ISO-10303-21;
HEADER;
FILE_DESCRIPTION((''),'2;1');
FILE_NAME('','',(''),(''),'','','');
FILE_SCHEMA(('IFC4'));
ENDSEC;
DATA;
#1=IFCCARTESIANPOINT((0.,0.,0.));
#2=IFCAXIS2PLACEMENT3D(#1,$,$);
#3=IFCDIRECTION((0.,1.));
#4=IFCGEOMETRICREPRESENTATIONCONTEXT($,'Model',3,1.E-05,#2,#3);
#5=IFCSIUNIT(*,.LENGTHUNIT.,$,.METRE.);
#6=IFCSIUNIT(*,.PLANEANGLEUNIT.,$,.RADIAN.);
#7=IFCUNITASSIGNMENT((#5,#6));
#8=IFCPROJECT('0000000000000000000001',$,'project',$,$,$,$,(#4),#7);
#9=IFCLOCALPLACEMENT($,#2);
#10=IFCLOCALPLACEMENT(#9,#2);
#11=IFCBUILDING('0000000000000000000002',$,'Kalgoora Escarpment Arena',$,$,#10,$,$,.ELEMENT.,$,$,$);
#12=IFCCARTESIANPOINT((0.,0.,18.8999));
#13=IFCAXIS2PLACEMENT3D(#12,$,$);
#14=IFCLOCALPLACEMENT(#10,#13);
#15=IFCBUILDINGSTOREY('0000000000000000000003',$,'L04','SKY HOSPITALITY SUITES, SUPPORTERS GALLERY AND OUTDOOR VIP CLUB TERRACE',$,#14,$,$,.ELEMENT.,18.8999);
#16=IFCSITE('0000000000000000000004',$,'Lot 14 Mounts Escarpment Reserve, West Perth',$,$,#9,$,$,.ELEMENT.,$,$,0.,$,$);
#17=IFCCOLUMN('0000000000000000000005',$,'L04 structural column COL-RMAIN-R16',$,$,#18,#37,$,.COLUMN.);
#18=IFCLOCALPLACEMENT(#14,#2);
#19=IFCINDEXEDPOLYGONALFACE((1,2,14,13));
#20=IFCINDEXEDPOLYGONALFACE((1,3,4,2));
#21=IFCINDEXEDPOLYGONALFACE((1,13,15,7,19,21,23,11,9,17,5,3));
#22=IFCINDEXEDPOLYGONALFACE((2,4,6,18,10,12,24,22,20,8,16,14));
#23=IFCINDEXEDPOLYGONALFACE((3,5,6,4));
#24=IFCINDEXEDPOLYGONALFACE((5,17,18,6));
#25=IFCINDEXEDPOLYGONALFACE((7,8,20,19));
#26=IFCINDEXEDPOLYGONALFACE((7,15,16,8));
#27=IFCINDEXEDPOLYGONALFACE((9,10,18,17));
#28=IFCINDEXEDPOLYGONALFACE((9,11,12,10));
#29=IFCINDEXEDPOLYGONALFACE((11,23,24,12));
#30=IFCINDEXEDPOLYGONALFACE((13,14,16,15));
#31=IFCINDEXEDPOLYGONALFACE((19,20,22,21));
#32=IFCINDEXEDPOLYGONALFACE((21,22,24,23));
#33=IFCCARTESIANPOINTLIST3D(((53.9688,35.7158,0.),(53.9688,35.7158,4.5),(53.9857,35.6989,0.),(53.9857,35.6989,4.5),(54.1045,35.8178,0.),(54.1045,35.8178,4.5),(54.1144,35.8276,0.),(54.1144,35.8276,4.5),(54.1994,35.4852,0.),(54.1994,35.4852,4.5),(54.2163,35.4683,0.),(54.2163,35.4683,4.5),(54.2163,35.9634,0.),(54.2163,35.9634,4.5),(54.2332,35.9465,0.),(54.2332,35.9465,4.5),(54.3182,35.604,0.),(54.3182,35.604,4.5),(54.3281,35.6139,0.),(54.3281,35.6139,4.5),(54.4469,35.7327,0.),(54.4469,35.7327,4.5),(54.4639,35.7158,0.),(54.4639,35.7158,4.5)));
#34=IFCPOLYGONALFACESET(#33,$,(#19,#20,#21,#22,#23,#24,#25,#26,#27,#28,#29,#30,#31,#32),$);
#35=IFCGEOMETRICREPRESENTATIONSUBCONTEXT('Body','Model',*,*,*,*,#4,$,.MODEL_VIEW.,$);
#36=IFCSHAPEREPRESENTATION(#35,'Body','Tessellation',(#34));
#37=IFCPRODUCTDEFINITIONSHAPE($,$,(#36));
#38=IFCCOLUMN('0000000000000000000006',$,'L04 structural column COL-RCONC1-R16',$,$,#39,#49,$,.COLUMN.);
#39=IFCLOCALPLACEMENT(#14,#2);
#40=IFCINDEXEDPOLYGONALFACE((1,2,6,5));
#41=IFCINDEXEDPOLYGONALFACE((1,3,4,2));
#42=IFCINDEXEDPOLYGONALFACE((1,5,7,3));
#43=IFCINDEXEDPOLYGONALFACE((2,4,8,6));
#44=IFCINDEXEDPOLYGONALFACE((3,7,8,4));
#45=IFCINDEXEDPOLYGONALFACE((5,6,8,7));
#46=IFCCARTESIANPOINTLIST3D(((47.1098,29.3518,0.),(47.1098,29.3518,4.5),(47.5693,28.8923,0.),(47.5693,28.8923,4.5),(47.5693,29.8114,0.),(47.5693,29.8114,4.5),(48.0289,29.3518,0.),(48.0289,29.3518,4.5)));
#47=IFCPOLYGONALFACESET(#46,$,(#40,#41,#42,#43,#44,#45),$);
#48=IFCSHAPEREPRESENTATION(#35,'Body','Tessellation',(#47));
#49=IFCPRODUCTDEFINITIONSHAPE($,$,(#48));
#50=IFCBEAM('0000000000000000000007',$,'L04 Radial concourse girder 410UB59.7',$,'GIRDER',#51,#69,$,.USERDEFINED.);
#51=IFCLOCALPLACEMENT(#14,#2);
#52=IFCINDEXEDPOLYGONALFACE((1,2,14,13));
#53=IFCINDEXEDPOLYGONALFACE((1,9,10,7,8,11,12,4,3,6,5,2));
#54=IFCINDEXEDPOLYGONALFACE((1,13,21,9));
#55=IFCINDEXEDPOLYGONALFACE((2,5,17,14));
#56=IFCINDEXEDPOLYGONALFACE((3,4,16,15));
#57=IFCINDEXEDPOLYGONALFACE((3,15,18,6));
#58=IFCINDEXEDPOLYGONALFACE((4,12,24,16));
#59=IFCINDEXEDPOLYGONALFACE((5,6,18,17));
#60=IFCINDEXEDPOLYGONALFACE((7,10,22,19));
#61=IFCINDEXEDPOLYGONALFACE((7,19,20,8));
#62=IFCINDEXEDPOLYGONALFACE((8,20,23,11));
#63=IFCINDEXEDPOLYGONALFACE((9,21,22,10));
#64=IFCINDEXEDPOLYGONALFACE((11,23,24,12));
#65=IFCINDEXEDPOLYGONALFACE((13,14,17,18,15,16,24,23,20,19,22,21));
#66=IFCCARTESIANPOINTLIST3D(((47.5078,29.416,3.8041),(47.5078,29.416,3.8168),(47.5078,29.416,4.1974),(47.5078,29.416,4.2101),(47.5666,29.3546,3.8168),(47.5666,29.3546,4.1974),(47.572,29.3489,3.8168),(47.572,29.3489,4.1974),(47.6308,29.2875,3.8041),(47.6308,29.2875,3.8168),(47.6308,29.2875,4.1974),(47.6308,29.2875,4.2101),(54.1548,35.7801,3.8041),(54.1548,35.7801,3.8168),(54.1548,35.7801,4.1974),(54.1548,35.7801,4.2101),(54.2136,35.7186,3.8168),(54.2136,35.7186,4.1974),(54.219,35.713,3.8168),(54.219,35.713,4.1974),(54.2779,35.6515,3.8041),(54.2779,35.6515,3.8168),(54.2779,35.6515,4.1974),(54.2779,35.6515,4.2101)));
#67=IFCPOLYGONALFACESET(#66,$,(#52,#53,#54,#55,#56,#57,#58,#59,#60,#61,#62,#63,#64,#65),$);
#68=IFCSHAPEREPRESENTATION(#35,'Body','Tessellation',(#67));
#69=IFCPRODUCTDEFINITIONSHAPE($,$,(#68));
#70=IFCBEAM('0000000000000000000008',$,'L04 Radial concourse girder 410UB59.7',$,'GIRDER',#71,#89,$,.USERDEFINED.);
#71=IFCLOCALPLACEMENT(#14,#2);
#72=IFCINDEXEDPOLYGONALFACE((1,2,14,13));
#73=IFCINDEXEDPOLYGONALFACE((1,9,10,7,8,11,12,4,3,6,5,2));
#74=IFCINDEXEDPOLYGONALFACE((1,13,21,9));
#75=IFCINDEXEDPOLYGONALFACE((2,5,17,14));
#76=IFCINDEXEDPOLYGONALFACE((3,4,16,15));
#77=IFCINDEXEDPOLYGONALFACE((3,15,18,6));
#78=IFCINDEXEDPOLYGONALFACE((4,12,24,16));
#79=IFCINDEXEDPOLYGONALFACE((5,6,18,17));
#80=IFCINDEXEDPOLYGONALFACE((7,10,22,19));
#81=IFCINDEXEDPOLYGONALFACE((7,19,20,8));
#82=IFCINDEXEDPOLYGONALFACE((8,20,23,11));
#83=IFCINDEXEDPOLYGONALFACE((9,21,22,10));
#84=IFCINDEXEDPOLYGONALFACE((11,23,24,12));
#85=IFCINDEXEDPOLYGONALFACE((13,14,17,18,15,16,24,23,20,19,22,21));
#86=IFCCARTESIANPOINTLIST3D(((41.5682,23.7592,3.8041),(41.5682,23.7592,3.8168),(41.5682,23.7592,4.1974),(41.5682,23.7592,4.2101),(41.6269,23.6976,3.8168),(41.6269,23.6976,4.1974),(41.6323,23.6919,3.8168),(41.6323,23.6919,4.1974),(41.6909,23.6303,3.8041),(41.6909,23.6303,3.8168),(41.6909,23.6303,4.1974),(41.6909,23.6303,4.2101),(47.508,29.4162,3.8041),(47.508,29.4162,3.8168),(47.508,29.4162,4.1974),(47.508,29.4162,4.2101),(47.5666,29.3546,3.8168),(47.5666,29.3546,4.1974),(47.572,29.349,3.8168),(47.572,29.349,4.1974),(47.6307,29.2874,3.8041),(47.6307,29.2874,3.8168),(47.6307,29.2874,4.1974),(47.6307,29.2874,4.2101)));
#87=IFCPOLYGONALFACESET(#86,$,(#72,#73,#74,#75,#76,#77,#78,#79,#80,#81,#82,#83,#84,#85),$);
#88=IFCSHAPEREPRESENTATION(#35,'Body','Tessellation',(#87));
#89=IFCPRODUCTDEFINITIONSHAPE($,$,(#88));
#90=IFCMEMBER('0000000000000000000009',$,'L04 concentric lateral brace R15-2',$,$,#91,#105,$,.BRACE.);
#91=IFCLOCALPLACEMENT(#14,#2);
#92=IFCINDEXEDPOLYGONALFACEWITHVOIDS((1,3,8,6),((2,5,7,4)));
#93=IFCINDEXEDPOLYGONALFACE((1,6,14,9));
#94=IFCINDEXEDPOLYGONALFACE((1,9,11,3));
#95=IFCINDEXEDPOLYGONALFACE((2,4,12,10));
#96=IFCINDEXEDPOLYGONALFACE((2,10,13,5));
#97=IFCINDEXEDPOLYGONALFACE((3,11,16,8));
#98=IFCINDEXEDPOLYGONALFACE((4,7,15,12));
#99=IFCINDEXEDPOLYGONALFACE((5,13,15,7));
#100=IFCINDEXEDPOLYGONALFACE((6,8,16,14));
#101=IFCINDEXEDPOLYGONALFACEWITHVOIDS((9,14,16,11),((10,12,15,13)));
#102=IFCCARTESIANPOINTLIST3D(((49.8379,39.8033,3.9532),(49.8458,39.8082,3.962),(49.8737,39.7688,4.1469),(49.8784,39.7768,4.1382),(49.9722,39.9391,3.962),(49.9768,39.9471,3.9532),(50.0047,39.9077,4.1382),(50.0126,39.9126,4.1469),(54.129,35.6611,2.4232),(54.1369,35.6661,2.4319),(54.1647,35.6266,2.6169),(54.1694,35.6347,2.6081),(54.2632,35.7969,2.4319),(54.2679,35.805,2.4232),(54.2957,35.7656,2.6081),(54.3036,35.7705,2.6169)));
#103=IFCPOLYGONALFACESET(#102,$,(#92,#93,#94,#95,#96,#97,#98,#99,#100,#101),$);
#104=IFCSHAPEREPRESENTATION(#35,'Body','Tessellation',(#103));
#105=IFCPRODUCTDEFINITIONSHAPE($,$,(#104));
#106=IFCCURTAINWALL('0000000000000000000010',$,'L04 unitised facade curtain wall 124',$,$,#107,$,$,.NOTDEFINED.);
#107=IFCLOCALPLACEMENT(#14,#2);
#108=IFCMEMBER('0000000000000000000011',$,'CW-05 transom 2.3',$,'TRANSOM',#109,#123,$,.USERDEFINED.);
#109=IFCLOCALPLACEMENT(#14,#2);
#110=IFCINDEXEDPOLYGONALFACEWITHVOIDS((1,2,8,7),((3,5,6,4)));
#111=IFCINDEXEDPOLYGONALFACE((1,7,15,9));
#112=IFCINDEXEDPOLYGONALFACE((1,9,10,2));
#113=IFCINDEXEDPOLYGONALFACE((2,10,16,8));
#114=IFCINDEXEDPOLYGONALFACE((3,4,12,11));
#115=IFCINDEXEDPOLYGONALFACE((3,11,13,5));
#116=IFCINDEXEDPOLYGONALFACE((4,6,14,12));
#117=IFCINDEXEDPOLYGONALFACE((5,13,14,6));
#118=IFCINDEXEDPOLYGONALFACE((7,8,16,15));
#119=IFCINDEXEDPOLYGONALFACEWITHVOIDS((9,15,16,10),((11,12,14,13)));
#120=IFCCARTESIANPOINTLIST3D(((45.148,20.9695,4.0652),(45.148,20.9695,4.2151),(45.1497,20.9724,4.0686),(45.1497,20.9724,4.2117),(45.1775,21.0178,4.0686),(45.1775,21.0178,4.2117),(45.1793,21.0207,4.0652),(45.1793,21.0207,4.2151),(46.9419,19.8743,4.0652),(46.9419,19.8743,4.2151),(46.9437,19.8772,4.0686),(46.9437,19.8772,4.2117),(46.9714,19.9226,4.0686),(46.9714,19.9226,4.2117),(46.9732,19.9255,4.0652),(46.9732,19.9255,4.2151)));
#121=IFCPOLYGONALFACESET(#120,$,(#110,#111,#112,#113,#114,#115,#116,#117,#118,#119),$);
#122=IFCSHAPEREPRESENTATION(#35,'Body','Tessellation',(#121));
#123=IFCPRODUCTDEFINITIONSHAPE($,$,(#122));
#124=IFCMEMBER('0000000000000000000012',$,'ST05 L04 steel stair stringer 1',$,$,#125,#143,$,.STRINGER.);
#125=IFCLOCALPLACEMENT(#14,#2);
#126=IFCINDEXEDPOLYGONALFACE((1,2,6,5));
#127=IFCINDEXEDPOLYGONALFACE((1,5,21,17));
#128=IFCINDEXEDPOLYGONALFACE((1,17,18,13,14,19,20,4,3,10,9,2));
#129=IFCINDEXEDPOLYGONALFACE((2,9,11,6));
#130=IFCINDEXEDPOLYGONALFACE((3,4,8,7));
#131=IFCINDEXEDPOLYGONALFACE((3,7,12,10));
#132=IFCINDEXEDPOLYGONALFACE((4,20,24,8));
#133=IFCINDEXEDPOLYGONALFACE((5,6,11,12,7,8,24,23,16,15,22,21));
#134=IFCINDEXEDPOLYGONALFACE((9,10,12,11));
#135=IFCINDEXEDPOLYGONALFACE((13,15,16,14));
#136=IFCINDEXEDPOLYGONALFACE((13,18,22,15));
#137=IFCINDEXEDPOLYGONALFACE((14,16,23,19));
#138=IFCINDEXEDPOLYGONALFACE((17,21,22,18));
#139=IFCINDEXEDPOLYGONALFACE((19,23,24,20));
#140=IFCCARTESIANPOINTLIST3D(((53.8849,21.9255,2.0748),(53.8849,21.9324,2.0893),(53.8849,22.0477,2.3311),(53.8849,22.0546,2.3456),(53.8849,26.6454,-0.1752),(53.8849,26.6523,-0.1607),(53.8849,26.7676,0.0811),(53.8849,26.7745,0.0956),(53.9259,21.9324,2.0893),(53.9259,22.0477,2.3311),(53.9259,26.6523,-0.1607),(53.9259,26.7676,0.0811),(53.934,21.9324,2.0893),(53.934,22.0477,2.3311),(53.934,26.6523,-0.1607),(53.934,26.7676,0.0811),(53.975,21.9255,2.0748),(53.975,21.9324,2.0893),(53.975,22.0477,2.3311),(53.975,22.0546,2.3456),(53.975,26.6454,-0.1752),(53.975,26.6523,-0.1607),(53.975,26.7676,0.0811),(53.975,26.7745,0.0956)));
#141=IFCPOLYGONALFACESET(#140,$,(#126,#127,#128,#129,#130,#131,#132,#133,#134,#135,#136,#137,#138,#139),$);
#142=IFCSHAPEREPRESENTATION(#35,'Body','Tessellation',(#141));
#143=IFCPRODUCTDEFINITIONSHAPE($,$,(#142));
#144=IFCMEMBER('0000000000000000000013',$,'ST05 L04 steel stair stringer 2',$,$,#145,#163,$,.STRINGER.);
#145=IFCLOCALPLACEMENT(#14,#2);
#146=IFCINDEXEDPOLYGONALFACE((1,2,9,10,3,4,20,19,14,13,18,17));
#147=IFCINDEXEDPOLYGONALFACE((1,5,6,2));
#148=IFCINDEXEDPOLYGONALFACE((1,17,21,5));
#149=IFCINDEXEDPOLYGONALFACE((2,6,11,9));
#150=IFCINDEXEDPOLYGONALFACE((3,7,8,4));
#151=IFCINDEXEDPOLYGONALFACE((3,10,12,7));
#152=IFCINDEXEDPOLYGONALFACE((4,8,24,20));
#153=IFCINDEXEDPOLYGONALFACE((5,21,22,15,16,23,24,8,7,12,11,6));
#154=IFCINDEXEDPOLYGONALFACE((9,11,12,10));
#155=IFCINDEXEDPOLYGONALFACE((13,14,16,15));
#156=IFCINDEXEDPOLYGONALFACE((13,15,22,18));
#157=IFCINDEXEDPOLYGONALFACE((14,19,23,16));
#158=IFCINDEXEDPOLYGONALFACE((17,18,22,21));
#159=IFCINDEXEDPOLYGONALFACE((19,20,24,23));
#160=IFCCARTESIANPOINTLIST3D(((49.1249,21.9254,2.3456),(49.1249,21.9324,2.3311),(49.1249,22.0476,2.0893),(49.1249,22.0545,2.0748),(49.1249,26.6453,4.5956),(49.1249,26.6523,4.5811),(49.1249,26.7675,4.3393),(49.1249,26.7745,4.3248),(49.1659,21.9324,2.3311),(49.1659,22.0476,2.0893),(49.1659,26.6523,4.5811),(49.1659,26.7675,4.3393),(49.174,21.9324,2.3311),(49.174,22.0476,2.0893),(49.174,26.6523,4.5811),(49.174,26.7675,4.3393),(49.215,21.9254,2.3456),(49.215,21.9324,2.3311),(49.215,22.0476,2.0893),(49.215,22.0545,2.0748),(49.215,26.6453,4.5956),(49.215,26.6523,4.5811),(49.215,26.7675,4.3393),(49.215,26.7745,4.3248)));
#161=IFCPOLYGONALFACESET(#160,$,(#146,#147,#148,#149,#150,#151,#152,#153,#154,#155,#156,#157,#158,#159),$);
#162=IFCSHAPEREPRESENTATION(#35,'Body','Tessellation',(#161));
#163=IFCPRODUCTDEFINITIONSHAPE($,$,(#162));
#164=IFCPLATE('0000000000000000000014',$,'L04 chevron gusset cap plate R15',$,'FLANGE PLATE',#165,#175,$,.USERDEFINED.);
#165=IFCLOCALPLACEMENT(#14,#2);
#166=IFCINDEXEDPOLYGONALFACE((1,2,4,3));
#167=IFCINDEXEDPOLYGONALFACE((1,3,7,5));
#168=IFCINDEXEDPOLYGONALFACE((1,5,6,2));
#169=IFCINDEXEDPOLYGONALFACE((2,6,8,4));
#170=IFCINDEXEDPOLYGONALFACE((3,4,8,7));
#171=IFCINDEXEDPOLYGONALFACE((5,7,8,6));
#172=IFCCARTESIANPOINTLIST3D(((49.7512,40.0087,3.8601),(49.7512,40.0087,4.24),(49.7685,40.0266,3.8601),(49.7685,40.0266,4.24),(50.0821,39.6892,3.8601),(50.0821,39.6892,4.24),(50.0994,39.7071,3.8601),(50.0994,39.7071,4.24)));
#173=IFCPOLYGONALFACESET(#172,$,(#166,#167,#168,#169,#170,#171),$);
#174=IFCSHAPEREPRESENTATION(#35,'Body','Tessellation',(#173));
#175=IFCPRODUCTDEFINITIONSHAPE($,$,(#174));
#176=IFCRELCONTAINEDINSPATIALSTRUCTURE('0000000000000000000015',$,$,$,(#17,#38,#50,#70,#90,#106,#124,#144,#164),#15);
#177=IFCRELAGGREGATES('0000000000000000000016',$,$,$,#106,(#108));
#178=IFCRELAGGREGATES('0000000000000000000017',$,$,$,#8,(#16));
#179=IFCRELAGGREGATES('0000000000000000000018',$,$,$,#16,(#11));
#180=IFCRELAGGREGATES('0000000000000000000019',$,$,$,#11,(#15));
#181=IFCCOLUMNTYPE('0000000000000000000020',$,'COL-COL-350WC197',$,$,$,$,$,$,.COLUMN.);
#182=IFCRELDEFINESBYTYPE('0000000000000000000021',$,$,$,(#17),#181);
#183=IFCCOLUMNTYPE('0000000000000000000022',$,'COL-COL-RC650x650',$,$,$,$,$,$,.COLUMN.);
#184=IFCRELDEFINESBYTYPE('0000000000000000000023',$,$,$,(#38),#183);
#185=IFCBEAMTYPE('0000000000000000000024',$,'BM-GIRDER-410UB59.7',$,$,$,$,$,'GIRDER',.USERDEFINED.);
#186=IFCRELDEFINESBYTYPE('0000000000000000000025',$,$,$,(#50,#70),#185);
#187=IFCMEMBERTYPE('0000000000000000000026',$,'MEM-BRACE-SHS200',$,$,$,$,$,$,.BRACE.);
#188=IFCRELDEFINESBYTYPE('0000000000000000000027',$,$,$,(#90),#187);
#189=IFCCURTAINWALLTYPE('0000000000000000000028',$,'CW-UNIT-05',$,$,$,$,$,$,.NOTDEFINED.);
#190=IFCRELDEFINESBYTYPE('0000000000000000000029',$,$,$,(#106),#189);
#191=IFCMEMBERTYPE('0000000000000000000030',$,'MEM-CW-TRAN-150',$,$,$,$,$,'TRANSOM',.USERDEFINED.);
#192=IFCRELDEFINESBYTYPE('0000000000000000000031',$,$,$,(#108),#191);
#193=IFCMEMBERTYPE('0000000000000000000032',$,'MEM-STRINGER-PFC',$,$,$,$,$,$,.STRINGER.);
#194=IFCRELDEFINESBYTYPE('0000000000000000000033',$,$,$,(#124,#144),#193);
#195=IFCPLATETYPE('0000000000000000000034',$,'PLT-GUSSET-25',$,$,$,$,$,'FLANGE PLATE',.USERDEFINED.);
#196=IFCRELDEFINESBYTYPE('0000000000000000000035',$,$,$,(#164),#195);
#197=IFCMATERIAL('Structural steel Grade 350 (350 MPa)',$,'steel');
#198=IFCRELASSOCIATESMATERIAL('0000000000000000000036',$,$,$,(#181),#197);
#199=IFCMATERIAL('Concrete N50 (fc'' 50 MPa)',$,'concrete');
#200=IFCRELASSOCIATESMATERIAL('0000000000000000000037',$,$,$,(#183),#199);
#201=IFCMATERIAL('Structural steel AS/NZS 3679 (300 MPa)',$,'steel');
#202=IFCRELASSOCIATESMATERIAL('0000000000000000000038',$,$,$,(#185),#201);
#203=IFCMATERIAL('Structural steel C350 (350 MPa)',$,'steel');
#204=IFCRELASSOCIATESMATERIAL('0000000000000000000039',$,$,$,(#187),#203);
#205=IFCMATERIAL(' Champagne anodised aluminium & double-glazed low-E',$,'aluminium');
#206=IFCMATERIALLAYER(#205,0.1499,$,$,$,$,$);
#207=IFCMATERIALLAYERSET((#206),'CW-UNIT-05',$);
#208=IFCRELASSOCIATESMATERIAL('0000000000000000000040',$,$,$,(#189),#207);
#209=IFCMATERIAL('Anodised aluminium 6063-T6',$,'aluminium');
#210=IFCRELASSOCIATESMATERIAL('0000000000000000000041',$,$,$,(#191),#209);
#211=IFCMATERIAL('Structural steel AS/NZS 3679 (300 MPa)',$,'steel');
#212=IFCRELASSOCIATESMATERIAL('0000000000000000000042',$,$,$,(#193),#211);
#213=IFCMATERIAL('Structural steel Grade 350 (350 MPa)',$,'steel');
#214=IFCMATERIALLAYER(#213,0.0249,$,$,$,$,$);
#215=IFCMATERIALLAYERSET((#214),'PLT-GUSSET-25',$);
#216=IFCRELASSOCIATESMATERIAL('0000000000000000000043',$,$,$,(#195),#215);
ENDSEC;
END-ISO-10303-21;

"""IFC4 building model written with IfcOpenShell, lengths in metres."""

from ifc_helpers import new_model, si_unit, direction, frame, origin, origin_2d, place, context, subcontext, project, spatial, rectangle, hollow_rectangle, i_section, extrude, material, layer, layer_set, material_profile, profile_set, type_object, element, aggregate, save


model = new_model("IFC4")

# Units and contexts
model_context = context("Model", 3, precision=1e-05, world=origin(), true_north=direction((0.0, 1.0)))
body_context = subcontext(model_context, "Body", "Model", "MODEL_VIEW")
ifc_project = project(units=[si_unit("LENGTHUNIT", "METRE"), si_unit("PLANEANGLEUNIT", "RADIAN")], contexts=[model_context])

# Site, building, storey
site_placement = place(None, origin())
site = spatial("IfcSite", under=ifc_project, at=site_placement, Name="Lot 14 Mounts Escarpment Reserve, West Perth", CompositionType="ELEMENT", RefElevation=0.0)
building_placement = place(site_placement, origin())
building = spatial("IfcBuilding", under=site, at=building_placement, Name="Kalgoora Escarpment Arena", CompositionType="ELEMENT")
storey_placement = place(building_placement, frame((0.0, 0.0, 18.8999)))
storey = spatial("IfcBuildingStorey", under=building, at=storey_placement, Name="L04", Description="SKY HOSPITALITY SUITES, SUPPORTERS GALLERY AND OUTDOOR VIP CLUB TERRACE", CompositionType="ELEMENT", Elevation=18.8999)

# Columns
ifc_material_1 = material(Name="Structural steel Grade 350 (350 MPa)", Category="steel")
ifc_material_profile_1 = material_profile(ifc_material_1, i_section(OverallWidth=0.3501, OverallDepth=0.3501, WebThickness=0.0139, FlangeThickness=0.0239, at=origin_2d()))
ifc_profile_set_1 = profile_set([ifc_material_profile_1], Name="Structural steel Grade 350 (350 MPa)")
column_type_1 = type_object("IfcColumnType", Name="COL-COL-350WC197", PredefinedType="COLUMN", material=ifc_profile_set_1)
column_1_placement = place(storey_placement, frame((54.2163, 35.7158, 0.0), z_axis=(0.0, 0.0, 1.0), x_axis=(-0.707107, -0.707107, 0.0)))
element("IfcColumn", 1, at=column_1_placement, inside=storey, type_object=column_type_1, Name="L04 structural column COL-RMAIN-R16", PredefinedType="COLUMN", context=body_context, shape_type="SweptSolid", body=[
    extrude(i_section(OverallWidth=0.3501, OverallDepth=0.3501, WebThickness=0.0139, FlangeThickness=0.0239, at=origin_2d()), origin(), (0.0, 0.0, 1.0), 4.5),
])
ifc_material_2 = material(Name="Concrete N50 (fc' 50 MPa)", Category="concrete")
ifc_material_profile_2 = material_profile(ifc_material_2, rectangle(XDim=0.6499, YDim=0.6499, at=origin_2d()))
ifc_profile_set_2 = profile_set([ifc_material_profile_2], Name="Concrete N50 (fc' 50 MPa)")
column_type_2 = type_object("IfcColumnType", Name="COL-COL-RC650x650", PredefinedType="COLUMN", material=ifc_profile_set_2)
column_2_placement = place(storey_placement, frame((47.5693, 29.3518, 0.0), z_axis=(0.0, 0.0, 1.0), x_axis=(-0.707107, -0.707107, 0.0)))
element("IfcColumn", 2, at=column_2_placement, inside=storey, type_object=column_type_2, Name="L04 structural column COL-RCONC1-R16", PredefinedType="COLUMN", context=body_context, shape_type="SweptSolid", body=[
    extrude(rectangle(XDim=0.6499, YDim=0.6499, at=origin_2d()), origin(), (0.0, 0.0, 1.0), 4.5),
])

# Beams
ifc_material_3 = material(Name="Structural steel AS/NZS 3679 (300 MPa)", Category="steel")
ifc_material_profile_3 = material_profile(ifc_material_3, i_section(OverallWidth=0.178, OverallDepth=0.406, WebThickness=0.0078, FlangeThickness=0.0127, at=origin_2d()))
ifc_profile_set_3 = profile_set([ifc_material_profile_3], Name="Structural steel AS/NZS 3679 (300 MPa)")
beam_type = type_object("IfcBeamType", Name="BM-GIRDER-410UB59.7", ElementType="GIRDER", PredefinedType="USERDEFINED", material=ifc_profile_set_3)
beam_1_placement = place(storey_placement, frame((54.2163, 35.7158, 4.0071), z_axis=(-0.722314, -0.691565, 0.0), x_axis=(0.691565, -0.722314, 0.0)))
element("IfcBeam", 3, at=beam_1_placement, inside=storey, type_object=beam_type, Name="L04 Radial concourse girder 410UB59.7", ObjectType="GIRDER", PredefinedType="USERDEFINED", context=body_context, shape_type="SweptSolid", body=[
    extrude(i_section(OverallWidth=0.178, OverallDepth=0.406, WebThickness=0.0078, FlangeThickness=0.0127, at=origin_2d()), origin(), (0.0, 0.0, 1.0), 9.2024),
])
beam_2_placement = place(storey_placement, frame((47.5693, 29.3518, 4.0071), z_axis=(-0.72413, -0.689663, 0.0), x_axis=(0.689663, -0.72413, 0.0)))
element("IfcBeam", 4, at=beam_2_placement, inside=storey, type_object=beam_type, Name="L04 Radial concourse girder 410UB59.7", ObjectType="GIRDER", PredefinedType="USERDEFINED", context=body_context, shape_type="SweptSolid", body=[
    extrude(i_section(OverallWidth=0.178, OverallDepth=0.406, WebThickness=0.0078, FlangeThickness=0.0127, at=origin_2d()), origin(), (0.0, 0.0, 1.0), 8.2026),
])

# Member
ifc_material_4 = material(Name="Structural steel C350 (350 MPa)", Category="steel")
ifc_material_profile_4 = material_profile(ifc_material_4, hollow_rectangle(XDim=0.2, YDim=0.2, WallThickness=0.009, at=origin_2d()))
ifc_profile_set_4 = profile_set([ifc_material_profile_4], Name="Structural steel C350 (350 MPa)")
member_type_1 = type_object("IfcMemberType", Name="MEM-BRACE-SHS200", PredefinedType="BRACE", material=ifc_profile_set_4)
member_1_placement = place(storey_placement, frame((54.2163, 35.7158, 2.52), z_axis=(-0.696914, 0.672727, 0.248496), x_axis=(-0.694511, -0.719482, 0.0)))
element("IfcMember", 5, at=member_1_placement, inside=storey, type_object=member_type_1, Name="L04 concentric lateral brace R15-2", PredefinedType="BRACE", context=body_context, shape_type="SweptSolid", body=[
    extrude(hollow_rectangle(XDim=0.2, YDim=0.2, WallThickness=0.009, at=origin_2d()), origin(), (0.0, 0.0, 1.0), 6.1572),
])

# Curtain wall, member
ifc_material_5 = material(Name=" Champagne anodised aluminium & double-glazed low-E", Category="aluminium")
ifc_layer_1 = layer(ifc_material_5, 0.1499)
ifc_layer_set_1 = layer_set([ifc_layer_1], Name="CW-UNIT-05")
curtain_wall_type = type_object("IfcCurtainWallType", Name="CW-UNIT-05", PredefinedType="NOTDEFINED", material=ifc_layer_set_1)
curtain_wall_placement = place(storey_placement, origin())
curtain_wall = element("IfcCurtainWall", 6, at=curtain_wall_placement, inside=storey, type_object=curtain_wall_type, Name="L04 unitised facade curtain wall 124", PredefinedType="NOTDEFINED")
ifc_material_6 = material(Name="Anodised aluminium 6063-T6", Category="aluminium")
ifc_material_profile_5 = material_profile(ifc_material_6, hollow_rectangle(XDim=0.0601, YDim=0.1499, WallThickness=0.0034, at=origin_2d()))
ifc_profile_set_5 = profile_set([ifc_material_profile_5], Name="Anodised aluminium 6063-T6")
member_type_2 = type_object("IfcMemberType", Name="MEM-CW-TRAN-150", ElementType="TRANSOM", PredefinedType="USERDEFINED", material=ifc_profile_set_5)
member_2_placement = place(storey_placement, frame((46.9575, 19.8999, 4.1401), z_axis=(-0.853511, 0.521074, 0.0), x_axis=(-0.521074, -0.853511, 0.0)))
member_2 = element("IfcMember", 7, at=member_2_placement, type_object=member_type_2, Name="CW-05 transom 2.3", ObjectType="TRANSOM", PredefinedType="USERDEFINED", context=body_context, shape_type="SweptSolid", body=[
    extrude(hollow_rectangle(XDim=0.0601, YDim=0.1499, WallThickness=0.0034, at=origin_2d()), origin(), (0.0, 0.0, 1.0), 2.1018),
])
aggregate(curtain_wall, [member_2])

# Members
ifc_material_7 = material(Name="Structural steel AS/NZS 3679 (300 MPa)", Category="steel")
ifc_material_profile_6 = material_profile(ifc_material_7, i_section(OverallWidth=0.0901, OverallDepth=0.3, WebThickness=0.0081, FlangeThickness=0.0161, at=origin_2d()))
ifc_profile_set_6 = profile_set([ifc_material_profile_6], Name="Structural steel AS/NZS 3679 (300 MPa)")
member_type_3 = type_object("IfcMemberType", Name="MEM-STRINGER-PFC", PredefinedType="STRINGER", material=ifc_profile_set_6)
for number, where, z_axis, x_axis, name in (
    (8, (53.9299, 26.71, -0.0398), (0.0, -0.902683, 0.430307), (1.0, 0.0, 0.0), "ST05 L04 steel stair stringer 1"),
    (9, (49.1699, 21.99, 2.2102), (0.0, 0.902683, 0.430307), (-1.0, 0.0, 0.0), "ST05 L04 steel stair stringer 2"),
):
    element("IfcMember", number, at=place(storey_placement, frame(where, z_axis=z_axis, x_axis=x_axis)), inside=storey, type_object=member_type_3, Name=name, PredefinedType="STRINGER", context=body_context, shape_type="SweptSolid", body=[
        extrude(i_section(OverallWidth=0.0901, OverallDepth=0.3, WebThickness=0.0081, FlangeThickness=0.0161, at=origin_2d()), origin(), (0.0, 0.0, 1.0), 5.2288),
    ])

# Plate
ifc_material_8 = material(Name="Structural steel Grade 350 (350 MPa)", Category="steel")
ifc_layer_2 = layer(ifc_material_8, 0.0249)
ifc_layer_set_2 = layer_set([ifc_layer_2], Name="PLT-GUSSET-25")
plate_type = type_object("IfcPlateType", Name="PLT-GUSSET-25", ElementType="FLANGE PLATE", PredefinedType="USERDEFINED", material=ifc_layer_set_2)
plate_1_placement = place(storey_placement, frame((49.9253, 39.8579, 3.8601), z_axis=(0.0, 0.0, 1.0), x_axis=(0.719461, -0.694533, 0.0)))
element("IfcPlate", 10, at=plate_1_placement, inside=storey, type_object=plate_type, Name="L04 chevron gusset cap plate R15", ObjectType="FLANGE PLATE", PredefinedType="USERDEFINED", context=body_context, shape_type="SweptSolid", body=[
    extrude(rectangle(XDim=0.46, YDim=0.0249, at=origin_2d()), origin(), (0.0, 0.0, 1.0), 0.3799),
])

save(model, "model.ifc")
